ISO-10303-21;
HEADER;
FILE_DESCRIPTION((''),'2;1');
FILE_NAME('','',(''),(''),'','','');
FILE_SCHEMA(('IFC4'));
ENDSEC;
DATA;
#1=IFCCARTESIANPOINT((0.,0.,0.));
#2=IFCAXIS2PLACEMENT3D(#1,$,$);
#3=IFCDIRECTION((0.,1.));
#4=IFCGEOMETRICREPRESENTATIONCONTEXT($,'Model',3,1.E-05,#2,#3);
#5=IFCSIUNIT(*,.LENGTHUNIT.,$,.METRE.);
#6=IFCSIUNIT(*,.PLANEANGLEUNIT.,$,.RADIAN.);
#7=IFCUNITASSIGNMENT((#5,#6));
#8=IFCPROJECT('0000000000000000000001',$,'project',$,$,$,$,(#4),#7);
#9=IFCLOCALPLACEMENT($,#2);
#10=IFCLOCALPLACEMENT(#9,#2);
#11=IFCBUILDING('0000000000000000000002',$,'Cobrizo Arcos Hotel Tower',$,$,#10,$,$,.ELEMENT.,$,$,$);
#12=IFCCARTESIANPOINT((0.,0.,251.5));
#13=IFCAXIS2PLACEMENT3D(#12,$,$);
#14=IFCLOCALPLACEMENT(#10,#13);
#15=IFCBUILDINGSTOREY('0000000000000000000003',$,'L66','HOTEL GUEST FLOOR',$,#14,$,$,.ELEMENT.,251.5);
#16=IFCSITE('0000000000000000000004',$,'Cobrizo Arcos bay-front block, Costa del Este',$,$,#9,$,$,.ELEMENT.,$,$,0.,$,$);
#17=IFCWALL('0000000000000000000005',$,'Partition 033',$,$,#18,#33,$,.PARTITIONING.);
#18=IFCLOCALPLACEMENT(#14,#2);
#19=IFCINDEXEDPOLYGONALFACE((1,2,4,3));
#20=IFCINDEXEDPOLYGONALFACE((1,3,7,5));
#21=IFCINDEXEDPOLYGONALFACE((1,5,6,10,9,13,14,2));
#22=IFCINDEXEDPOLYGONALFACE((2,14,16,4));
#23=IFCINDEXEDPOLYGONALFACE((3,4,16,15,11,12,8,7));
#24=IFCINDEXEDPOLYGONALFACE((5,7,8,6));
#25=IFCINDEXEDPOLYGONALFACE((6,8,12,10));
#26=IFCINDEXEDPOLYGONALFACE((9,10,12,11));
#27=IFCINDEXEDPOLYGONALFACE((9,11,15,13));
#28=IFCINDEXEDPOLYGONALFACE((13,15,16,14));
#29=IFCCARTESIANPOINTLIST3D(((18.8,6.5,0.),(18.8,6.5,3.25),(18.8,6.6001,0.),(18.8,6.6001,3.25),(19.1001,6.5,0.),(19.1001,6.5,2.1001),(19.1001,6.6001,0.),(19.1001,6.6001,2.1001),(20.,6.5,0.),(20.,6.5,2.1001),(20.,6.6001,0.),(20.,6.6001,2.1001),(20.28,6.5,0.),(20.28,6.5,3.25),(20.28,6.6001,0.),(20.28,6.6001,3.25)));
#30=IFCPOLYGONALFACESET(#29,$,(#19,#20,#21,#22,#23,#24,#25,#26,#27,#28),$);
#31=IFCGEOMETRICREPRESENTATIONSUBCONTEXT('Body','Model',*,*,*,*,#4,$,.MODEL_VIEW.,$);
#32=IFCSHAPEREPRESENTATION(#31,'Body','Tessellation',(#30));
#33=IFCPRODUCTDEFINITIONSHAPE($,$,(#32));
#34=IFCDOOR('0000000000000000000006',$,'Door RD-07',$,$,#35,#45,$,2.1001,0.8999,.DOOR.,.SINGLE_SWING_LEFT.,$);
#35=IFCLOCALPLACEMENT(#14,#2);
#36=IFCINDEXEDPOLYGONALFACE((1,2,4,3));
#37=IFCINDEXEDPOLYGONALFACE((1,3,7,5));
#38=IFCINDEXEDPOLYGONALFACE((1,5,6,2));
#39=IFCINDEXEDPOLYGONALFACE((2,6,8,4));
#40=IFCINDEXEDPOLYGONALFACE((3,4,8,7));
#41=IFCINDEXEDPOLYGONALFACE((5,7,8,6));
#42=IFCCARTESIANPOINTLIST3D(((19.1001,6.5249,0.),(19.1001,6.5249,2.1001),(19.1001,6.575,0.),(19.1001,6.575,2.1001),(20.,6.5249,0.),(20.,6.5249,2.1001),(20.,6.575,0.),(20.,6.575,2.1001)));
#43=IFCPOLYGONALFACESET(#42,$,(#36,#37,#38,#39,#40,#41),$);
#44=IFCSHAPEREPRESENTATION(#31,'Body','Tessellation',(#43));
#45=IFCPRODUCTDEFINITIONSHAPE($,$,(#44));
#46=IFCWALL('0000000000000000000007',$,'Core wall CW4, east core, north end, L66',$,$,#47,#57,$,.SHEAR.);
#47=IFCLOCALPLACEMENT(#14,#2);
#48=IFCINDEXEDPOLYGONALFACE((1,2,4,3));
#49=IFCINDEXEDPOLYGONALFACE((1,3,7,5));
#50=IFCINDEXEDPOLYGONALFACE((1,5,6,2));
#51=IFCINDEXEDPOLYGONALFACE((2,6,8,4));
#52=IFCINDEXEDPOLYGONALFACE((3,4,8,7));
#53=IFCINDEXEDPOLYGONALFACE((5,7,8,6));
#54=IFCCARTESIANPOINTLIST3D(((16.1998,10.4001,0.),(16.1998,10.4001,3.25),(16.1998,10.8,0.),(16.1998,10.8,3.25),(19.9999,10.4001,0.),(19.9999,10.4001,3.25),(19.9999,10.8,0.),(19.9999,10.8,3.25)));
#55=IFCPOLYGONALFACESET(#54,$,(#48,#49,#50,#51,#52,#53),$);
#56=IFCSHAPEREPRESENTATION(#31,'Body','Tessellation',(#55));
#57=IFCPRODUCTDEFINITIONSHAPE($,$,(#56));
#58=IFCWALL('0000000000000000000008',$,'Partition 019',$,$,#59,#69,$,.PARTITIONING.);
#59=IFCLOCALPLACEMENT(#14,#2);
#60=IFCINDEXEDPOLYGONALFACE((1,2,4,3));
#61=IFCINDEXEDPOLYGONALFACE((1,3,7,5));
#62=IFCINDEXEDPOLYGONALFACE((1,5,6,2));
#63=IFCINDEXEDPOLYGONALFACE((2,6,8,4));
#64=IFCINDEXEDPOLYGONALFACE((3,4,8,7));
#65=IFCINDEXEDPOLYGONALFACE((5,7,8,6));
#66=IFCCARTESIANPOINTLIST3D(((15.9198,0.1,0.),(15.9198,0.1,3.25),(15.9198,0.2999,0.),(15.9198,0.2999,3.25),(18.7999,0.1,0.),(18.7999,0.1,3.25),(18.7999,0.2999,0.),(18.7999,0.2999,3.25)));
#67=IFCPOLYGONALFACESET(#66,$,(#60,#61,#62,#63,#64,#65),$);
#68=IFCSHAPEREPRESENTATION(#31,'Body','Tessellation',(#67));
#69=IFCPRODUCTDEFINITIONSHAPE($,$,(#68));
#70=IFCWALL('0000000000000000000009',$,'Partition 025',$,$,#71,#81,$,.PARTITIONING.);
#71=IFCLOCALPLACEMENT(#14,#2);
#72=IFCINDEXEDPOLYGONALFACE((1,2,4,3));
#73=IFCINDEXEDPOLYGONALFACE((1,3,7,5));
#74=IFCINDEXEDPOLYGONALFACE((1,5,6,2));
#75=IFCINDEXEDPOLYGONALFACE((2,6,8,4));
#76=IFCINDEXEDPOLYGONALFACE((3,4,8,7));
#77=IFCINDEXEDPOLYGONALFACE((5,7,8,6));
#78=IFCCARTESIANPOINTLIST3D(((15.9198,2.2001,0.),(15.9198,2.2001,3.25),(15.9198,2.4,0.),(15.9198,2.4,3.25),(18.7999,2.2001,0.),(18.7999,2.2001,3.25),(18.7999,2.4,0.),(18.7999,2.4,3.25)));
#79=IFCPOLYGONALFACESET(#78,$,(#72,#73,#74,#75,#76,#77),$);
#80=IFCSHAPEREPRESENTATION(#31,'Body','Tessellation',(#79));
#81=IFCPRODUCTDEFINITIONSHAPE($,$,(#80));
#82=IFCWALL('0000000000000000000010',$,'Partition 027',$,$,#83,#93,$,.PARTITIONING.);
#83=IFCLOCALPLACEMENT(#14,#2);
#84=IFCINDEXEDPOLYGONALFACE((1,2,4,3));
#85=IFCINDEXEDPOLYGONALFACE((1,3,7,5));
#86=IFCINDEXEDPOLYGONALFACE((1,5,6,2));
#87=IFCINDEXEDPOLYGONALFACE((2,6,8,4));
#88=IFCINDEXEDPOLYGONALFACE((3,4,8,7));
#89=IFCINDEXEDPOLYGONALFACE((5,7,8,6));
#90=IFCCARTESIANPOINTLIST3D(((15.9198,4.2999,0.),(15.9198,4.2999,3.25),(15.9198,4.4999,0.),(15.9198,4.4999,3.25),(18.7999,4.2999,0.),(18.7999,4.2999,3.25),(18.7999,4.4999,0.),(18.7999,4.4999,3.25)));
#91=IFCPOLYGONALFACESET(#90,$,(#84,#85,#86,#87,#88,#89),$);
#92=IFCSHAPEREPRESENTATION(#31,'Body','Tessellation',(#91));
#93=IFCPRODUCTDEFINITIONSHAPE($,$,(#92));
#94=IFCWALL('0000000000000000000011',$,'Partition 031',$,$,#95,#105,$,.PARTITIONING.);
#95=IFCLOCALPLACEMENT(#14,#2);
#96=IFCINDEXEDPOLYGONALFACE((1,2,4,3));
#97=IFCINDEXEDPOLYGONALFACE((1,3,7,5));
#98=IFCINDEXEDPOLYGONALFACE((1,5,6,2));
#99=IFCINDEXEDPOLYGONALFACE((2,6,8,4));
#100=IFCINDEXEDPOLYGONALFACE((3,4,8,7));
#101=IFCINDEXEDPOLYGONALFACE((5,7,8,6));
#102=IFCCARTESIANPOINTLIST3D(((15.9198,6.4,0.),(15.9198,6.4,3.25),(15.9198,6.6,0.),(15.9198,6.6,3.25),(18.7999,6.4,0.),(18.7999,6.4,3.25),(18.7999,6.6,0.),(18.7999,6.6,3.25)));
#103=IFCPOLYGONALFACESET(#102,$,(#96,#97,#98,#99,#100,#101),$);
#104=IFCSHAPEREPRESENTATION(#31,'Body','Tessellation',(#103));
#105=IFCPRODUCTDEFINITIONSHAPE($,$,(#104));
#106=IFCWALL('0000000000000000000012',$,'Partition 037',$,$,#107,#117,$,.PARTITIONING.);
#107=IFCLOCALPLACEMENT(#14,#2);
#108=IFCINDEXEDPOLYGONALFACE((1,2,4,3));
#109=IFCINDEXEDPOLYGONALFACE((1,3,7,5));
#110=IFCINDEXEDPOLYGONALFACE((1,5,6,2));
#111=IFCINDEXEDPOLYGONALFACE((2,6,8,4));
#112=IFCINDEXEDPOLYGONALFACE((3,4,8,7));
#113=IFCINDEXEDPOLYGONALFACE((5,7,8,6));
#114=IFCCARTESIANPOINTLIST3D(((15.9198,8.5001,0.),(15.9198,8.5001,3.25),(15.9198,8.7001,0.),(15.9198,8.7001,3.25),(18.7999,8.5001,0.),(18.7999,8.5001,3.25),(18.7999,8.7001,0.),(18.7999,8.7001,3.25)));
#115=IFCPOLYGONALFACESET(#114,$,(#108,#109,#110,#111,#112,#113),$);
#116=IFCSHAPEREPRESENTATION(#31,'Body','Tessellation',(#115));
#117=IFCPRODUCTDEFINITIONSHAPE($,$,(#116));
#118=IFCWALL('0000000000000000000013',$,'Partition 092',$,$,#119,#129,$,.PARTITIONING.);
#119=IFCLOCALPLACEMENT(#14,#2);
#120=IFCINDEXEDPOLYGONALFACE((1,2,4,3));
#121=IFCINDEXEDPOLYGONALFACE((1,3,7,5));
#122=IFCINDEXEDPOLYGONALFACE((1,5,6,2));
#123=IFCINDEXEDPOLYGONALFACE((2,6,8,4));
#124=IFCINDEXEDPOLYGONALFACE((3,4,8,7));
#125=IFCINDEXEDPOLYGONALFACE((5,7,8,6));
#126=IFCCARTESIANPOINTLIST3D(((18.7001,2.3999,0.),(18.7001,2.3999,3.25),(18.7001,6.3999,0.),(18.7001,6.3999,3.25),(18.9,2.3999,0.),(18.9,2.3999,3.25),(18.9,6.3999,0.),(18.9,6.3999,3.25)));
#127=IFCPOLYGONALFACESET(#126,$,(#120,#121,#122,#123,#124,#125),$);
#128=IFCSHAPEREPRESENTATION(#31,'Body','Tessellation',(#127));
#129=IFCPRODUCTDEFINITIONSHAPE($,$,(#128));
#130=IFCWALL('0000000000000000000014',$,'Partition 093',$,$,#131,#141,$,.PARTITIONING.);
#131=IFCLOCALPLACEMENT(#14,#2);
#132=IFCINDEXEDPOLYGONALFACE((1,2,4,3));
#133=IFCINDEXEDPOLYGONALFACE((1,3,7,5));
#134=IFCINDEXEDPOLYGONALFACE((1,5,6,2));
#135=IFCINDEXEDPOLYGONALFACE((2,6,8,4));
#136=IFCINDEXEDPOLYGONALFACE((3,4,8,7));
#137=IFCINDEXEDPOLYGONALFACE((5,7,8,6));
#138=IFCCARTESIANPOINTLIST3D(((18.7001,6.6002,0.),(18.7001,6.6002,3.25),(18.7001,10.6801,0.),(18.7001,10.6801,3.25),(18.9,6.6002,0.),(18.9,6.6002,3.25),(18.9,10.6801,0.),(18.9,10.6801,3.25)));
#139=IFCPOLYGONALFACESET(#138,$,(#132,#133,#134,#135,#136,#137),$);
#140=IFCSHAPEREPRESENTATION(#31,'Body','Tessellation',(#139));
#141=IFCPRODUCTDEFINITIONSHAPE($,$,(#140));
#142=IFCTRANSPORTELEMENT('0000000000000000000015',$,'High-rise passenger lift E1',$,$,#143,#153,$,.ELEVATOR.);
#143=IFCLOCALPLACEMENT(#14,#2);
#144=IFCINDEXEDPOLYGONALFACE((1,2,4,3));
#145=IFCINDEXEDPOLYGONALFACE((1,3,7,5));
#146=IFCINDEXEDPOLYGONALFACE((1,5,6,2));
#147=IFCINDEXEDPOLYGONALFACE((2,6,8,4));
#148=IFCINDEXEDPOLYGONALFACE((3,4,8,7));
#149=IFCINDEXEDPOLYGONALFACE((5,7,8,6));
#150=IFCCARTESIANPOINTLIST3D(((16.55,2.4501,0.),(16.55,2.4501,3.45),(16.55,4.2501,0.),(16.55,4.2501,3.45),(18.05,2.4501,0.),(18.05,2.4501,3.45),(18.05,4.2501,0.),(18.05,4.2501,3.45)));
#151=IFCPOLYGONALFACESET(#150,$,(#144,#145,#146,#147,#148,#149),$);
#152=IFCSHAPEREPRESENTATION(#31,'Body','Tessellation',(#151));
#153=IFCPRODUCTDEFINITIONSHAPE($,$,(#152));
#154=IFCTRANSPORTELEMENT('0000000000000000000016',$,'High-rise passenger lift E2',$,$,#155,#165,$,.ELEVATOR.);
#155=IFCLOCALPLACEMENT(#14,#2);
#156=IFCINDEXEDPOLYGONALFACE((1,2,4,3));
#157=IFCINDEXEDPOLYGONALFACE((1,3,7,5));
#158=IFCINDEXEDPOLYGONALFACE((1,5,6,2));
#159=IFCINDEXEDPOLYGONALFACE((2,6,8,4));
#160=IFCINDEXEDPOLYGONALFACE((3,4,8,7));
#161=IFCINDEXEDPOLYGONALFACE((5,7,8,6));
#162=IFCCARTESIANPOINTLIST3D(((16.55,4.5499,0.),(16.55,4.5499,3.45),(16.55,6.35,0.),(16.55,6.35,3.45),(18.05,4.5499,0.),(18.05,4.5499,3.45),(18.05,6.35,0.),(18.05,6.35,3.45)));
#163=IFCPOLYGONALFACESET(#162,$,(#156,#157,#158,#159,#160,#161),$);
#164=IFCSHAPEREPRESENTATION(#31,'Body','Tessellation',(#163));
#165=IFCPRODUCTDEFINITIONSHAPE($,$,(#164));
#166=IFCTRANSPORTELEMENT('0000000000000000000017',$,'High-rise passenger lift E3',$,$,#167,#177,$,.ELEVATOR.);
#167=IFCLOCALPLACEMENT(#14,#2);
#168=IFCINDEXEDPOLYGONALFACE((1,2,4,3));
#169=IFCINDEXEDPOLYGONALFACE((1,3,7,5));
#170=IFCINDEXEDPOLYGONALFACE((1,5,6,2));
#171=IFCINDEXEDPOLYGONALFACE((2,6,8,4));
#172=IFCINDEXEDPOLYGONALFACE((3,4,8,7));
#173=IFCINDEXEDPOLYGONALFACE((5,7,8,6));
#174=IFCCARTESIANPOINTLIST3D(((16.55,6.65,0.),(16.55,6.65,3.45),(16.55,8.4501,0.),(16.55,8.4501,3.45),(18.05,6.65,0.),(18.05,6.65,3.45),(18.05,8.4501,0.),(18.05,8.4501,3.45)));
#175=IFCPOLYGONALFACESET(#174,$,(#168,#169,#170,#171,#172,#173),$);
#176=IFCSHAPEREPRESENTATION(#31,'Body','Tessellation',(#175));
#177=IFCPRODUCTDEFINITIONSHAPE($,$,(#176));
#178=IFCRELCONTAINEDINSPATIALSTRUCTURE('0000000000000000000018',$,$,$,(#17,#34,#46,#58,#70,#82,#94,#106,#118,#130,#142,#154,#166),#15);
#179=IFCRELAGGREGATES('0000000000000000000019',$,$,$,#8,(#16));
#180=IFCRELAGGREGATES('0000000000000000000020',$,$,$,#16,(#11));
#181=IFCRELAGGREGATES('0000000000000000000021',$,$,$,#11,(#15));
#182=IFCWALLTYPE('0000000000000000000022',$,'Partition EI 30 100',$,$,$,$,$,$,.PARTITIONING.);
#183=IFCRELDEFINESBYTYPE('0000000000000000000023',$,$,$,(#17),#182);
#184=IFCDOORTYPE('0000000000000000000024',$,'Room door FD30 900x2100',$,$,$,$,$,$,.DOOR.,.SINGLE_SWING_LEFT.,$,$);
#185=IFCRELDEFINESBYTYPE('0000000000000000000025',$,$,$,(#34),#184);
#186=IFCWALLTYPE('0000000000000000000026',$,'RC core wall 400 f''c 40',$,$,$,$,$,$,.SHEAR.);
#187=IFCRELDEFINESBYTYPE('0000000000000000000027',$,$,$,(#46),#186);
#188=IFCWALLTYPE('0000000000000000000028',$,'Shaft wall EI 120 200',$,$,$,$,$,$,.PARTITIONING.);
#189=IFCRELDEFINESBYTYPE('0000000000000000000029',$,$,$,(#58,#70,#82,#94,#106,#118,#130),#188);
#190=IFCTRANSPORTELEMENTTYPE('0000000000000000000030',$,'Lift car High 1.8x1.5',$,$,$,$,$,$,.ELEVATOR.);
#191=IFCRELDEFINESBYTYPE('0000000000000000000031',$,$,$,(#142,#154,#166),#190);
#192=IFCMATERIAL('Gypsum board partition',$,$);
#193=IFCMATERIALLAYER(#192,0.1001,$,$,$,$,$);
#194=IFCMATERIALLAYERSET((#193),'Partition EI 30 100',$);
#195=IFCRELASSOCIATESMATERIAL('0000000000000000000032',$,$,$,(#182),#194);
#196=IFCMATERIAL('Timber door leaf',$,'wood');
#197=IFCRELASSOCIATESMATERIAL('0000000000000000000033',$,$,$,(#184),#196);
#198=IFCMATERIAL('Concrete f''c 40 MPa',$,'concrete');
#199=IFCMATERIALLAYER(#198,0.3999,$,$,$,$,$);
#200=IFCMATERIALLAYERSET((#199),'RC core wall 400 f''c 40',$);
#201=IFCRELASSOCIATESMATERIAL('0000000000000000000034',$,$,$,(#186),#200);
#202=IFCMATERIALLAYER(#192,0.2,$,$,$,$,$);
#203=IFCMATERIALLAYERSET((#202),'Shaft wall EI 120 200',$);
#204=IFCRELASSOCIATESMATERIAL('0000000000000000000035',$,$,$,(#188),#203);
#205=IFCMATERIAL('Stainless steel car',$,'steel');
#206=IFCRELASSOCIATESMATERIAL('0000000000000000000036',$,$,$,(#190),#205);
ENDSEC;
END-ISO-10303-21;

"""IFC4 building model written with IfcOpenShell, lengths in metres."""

from ifc_helpers import new_model, si_unit, direction, frame, frame_2d, origin, origin_2d, place, context, subcontext, project, spatial, rectangle, extrude, material, layer, layer_set, type_object, element, fill, save


model = new_model("IFC4")

# Units and contexts
model_context = context("Model", 3, precision=1e-05, world=origin(), true_north=direction((0.0, 1.0)))
body_context = subcontext(model_context, "Body", "Model", "MODEL_VIEW")
ifc_project = project(units=[si_unit("LENGTHUNIT", "METRE"), si_unit("PLANEANGLEUNIT", "RADIAN")], contexts=[model_context])

# Site, building, storey
site_placement = place(None, origin())
site = spatial("IfcSite", under=ifc_project, at=site_placement, Name="Cobrizo Arcos bay-front block, Costa del Este", CompositionType="ELEMENT", RefElevation=0.0)
building_placement = place(site_placement, origin())
building = spatial("IfcBuilding", under=site, at=building_placement, Name="Cobrizo Arcos Hotel Tower", CompositionType="ELEMENT")
storey_placement = place(building_placement, frame((0.0, 0.0, 251.5)))
storey = spatial("IfcBuildingStorey", under=building, at=storey_placement, Name="L66", Description="HOTEL GUEST FLOOR", CompositionType="ELEMENT", Elevation=251.5)

# Shared definitions
ifc_material_1 = material(Name="Gypsum board partition")

# Wall, opening, door
ifc_layer_1 = layer(ifc_material_1, 0.1001)
ifc_layer_set_1 = layer_set([ifc_layer_1], Name="Partition EI 30 100")
wall_type_1 = type_object("IfcWallType", Name="Partition EI 30 100", PredefinedType="PARTITIONING", material=ifc_layer_set_1)
ifc_material_2 = material(Name="Timber door leaf", Category="wood")
door_type = type_object("IfcDoorType", Name="Room door FD30 900x2100", OperationType="SINGLE_SWING_LEFT", PredefinedType="DOOR", material=ifc_material_2)
wall_1_placement = place(storey_placement, frame((18.8, 6.55, 0.0), z_axis=(0.0, 0.0, 1.0), x_axis=(1.0, 0.0, 0.0)))
wall_1 = element("IfcWall", 1, at=wall_1_placement, inside=storey, type_object=wall_type_1, Name="Partition 033", PredefinedType="PARTITIONING", context=body_context, shape_type="SweptSolid", body=[
    extrude(rectangle(XDim=1.48, YDim=0.1001, at=frame_2d((0.74, 0.0))), origin(), (0.0, 0.0, 1.0), 3.25),
])
opening_1_placement = place(wall_1_placement, frame((0.3, 0.0, 0.0)))
opening_1 = element("IfcOpeningElement", 2, at=opening_1_placement, cuts=wall_1, PredefinedType="OPENING", context=body_context, shape_type="SweptSolid", body=[
    extrude(rectangle(XDim=0.8999, YDim=2.1001, at=frame_2d((0.45, 1.05))), frame((0.0, 0.062, 0.0), z_axis=(0.0, -1.0, 0.0), x_axis=(1.0, 0.0, 0.0)), (0.0, 0.0, 1.0), 0.124),
])
door_1_placement = place(opening_1_placement, origin())
door_1 = element("IfcDoor", 3, at=door_1_placement, inside=storey, type_object=door_type, Name="Door RD-07", OperationType="SINGLE_SWING_LEFT", OverallHeight=2.1001, OverallWidth=0.8999, PredefinedType="DOOR", context=body_context, shape_type="SweptSolid", body=[
    extrude(rectangle(XDim=0.8999, YDim=2.1001, at=frame_2d((0.45, 1.05))), frame((0.0, 0.0249, 0.0), z_axis=(0.0, -1.0, 0.0), x_axis=(1.0, 0.0, 0.0)), (0.0, 0.0, 1.0), 0.05),
])
fill(opening_1, door_1)

# Walls
ifc_material_3 = material(Name="Concrete f'c 40 MPa", Category="concrete")
ifc_layer_2 = layer(ifc_material_3, 0.3999)
ifc_layer_set_2 = layer_set([ifc_layer_2], Name="RC core wall 400 f'c 40")
wall_type_2 = type_object("IfcWallType", Name="RC core wall 400 f'c 40", PredefinedType="SHEAR", material=ifc_layer_set_2)
wall_2_placement = place(storey_placement, frame((16.2, 10.6001, 0.0), z_axis=(0.0, 0.0, 1.0), x_axis=(1.0, 0.0, 0.0)))
element("IfcWall", 4, at=wall_2_placement, inside=storey, type_object=wall_type_2, Name="Core wall CW4, east core, north end, L66", PredefinedType="SHEAR", context=body_context, shape_type="SweptSolid", body=[
    extrude(rectangle(XDim=3.8, YDim=0.3999, at=frame_2d((1.8999, 0.0))), origin(), (0.0, 0.0, 1.0), 3.25),
])
ifc_layer_3 = layer(ifc_material_1, 0.2)
ifc_layer_set_3 = layer_set([ifc_layer_3], Name="Shaft wall EI 120 200")
wall_type_3 = type_object("IfcWallType", Name="Shaft wall EI 120 200", PredefinedType="PARTITIONING", material=ifc_layer_set_3)
for number, where, z_axis, x_axis, name in (
    (5, (15.9199, 0.2, 0.0), (0.0, 0.0, 1.0), (1.0, 0.0, 0.0), "Partition 019"),
    (6, (15.9199, 2.3, 0.0), (0.0, 0.0, 1.0), (1.0, 0.0, 0.0), "Partition 025"),
    (7, (15.9199, 4.3999, 0.0), (0.0, 0.0, 1.0), (1.0, 0.0, 0.0), "Partition 027"),
    (8, (15.9199, 6.5, 0.0), (0.0, 0.0, 1.0), (1.0, 0.0, 0.0), "Partition 031"),
    (9, (15.9199, 8.6001, 0.0), (0.0, 0.0, 1.0), (1.0, 0.0, 0.0), "Partition 037"),
):
    element("IfcWall", number, at=place(storey_placement, frame(where, z_axis=z_axis, x_axis=x_axis)), inside=storey, type_object=wall_type_3, Name=name, PredefinedType="PARTITIONING", context=body_context, shape_type="SweptSolid", body=[
        extrude(rectangle(XDim=2.8801, YDim=0.2, at=frame_2d((1.4399, 0.0))), origin(), (0.0, 0.0, 1.0), 3.25),
    ])
wall_3_placement = place(storey_placement, frame((18.8, 2.3999, 0.0), z_axis=(0.0, 0.0, 1.0), x_axis=(0.0, 1.0, 0.0)))
element("IfcWall", 10, at=wall_3_placement, inside=storey, type_object=wall_type_3, Name="Partition 092", PredefinedType="PARTITIONING", context=body_context, shape_type="SweptSolid", body=[
    extrude(rectangle(XDim=4.0, YDim=0.2, at=frame_2d((2.0, 0.0))), origin(), (0.0, 0.0, 1.0), 3.25),
])
wall_4_placement = place(storey_placement, frame((18.8, 6.6001, 0.0), z_axis=(0.0, 0.0, 1.0), x_axis=(0.0, 1.0, 0.0)))
element("IfcWall", 11, at=wall_4_placement, inside=storey, type_object=wall_type_3, Name="Partition 093", PredefinedType="PARTITIONING", context=body_context, shape_type="SweptSolid", body=[
    extrude(rectangle(XDim=4.0798, YDim=0.2, at=frame_2d((2.04, 0.0))), origin(), (0.0, 0.0, 1.0), 3.25),
])

# Transport elements
ifc_material_4 = material(Name="Stainless steel car", Category="steel")
transport_element_type = type_object("IfcTransportElementType", Name="Lift car High 1.8x1.5", PredefinedType="ELEVATOR", material=ifc_material_4)
for number, where, z_axis, x_axis, name in (
    (12, (17.3, 3.3501, 0.0), (0.0, 0.0, 1.0), (1.0, 0.0, 0.0), "High-rise passenger lift E1"),
    (13, (17.3, 5.45, 0.0), (0.0, 0.0, 1.0), (1.0, 0.0, 0.0), "High-rise passenger lift E2"),
    (14, (17.3, 7.55, 0.0), (0.0, 0.0, 1.0), (1.0, 0.0, 0.0), "High-rise passenger lift E3"),
):
    element("IfcTransportElement", number, at=place(storey_placement, frame(where, z_axis=z_axis, x_axis=x_axis)), inside=storey, type_object=transport_element_type, Name=name, PredefinedType="ELEVATOR", context=body_context, shape_type="SweptSolid", body=[
        extrude(rectangle(XDim=1.5, YDim=1.8, at=origin_2d()), origin(), (0.0, 0.0, 1.0), 3.45),
    ])

save(model, "model.ifc")
